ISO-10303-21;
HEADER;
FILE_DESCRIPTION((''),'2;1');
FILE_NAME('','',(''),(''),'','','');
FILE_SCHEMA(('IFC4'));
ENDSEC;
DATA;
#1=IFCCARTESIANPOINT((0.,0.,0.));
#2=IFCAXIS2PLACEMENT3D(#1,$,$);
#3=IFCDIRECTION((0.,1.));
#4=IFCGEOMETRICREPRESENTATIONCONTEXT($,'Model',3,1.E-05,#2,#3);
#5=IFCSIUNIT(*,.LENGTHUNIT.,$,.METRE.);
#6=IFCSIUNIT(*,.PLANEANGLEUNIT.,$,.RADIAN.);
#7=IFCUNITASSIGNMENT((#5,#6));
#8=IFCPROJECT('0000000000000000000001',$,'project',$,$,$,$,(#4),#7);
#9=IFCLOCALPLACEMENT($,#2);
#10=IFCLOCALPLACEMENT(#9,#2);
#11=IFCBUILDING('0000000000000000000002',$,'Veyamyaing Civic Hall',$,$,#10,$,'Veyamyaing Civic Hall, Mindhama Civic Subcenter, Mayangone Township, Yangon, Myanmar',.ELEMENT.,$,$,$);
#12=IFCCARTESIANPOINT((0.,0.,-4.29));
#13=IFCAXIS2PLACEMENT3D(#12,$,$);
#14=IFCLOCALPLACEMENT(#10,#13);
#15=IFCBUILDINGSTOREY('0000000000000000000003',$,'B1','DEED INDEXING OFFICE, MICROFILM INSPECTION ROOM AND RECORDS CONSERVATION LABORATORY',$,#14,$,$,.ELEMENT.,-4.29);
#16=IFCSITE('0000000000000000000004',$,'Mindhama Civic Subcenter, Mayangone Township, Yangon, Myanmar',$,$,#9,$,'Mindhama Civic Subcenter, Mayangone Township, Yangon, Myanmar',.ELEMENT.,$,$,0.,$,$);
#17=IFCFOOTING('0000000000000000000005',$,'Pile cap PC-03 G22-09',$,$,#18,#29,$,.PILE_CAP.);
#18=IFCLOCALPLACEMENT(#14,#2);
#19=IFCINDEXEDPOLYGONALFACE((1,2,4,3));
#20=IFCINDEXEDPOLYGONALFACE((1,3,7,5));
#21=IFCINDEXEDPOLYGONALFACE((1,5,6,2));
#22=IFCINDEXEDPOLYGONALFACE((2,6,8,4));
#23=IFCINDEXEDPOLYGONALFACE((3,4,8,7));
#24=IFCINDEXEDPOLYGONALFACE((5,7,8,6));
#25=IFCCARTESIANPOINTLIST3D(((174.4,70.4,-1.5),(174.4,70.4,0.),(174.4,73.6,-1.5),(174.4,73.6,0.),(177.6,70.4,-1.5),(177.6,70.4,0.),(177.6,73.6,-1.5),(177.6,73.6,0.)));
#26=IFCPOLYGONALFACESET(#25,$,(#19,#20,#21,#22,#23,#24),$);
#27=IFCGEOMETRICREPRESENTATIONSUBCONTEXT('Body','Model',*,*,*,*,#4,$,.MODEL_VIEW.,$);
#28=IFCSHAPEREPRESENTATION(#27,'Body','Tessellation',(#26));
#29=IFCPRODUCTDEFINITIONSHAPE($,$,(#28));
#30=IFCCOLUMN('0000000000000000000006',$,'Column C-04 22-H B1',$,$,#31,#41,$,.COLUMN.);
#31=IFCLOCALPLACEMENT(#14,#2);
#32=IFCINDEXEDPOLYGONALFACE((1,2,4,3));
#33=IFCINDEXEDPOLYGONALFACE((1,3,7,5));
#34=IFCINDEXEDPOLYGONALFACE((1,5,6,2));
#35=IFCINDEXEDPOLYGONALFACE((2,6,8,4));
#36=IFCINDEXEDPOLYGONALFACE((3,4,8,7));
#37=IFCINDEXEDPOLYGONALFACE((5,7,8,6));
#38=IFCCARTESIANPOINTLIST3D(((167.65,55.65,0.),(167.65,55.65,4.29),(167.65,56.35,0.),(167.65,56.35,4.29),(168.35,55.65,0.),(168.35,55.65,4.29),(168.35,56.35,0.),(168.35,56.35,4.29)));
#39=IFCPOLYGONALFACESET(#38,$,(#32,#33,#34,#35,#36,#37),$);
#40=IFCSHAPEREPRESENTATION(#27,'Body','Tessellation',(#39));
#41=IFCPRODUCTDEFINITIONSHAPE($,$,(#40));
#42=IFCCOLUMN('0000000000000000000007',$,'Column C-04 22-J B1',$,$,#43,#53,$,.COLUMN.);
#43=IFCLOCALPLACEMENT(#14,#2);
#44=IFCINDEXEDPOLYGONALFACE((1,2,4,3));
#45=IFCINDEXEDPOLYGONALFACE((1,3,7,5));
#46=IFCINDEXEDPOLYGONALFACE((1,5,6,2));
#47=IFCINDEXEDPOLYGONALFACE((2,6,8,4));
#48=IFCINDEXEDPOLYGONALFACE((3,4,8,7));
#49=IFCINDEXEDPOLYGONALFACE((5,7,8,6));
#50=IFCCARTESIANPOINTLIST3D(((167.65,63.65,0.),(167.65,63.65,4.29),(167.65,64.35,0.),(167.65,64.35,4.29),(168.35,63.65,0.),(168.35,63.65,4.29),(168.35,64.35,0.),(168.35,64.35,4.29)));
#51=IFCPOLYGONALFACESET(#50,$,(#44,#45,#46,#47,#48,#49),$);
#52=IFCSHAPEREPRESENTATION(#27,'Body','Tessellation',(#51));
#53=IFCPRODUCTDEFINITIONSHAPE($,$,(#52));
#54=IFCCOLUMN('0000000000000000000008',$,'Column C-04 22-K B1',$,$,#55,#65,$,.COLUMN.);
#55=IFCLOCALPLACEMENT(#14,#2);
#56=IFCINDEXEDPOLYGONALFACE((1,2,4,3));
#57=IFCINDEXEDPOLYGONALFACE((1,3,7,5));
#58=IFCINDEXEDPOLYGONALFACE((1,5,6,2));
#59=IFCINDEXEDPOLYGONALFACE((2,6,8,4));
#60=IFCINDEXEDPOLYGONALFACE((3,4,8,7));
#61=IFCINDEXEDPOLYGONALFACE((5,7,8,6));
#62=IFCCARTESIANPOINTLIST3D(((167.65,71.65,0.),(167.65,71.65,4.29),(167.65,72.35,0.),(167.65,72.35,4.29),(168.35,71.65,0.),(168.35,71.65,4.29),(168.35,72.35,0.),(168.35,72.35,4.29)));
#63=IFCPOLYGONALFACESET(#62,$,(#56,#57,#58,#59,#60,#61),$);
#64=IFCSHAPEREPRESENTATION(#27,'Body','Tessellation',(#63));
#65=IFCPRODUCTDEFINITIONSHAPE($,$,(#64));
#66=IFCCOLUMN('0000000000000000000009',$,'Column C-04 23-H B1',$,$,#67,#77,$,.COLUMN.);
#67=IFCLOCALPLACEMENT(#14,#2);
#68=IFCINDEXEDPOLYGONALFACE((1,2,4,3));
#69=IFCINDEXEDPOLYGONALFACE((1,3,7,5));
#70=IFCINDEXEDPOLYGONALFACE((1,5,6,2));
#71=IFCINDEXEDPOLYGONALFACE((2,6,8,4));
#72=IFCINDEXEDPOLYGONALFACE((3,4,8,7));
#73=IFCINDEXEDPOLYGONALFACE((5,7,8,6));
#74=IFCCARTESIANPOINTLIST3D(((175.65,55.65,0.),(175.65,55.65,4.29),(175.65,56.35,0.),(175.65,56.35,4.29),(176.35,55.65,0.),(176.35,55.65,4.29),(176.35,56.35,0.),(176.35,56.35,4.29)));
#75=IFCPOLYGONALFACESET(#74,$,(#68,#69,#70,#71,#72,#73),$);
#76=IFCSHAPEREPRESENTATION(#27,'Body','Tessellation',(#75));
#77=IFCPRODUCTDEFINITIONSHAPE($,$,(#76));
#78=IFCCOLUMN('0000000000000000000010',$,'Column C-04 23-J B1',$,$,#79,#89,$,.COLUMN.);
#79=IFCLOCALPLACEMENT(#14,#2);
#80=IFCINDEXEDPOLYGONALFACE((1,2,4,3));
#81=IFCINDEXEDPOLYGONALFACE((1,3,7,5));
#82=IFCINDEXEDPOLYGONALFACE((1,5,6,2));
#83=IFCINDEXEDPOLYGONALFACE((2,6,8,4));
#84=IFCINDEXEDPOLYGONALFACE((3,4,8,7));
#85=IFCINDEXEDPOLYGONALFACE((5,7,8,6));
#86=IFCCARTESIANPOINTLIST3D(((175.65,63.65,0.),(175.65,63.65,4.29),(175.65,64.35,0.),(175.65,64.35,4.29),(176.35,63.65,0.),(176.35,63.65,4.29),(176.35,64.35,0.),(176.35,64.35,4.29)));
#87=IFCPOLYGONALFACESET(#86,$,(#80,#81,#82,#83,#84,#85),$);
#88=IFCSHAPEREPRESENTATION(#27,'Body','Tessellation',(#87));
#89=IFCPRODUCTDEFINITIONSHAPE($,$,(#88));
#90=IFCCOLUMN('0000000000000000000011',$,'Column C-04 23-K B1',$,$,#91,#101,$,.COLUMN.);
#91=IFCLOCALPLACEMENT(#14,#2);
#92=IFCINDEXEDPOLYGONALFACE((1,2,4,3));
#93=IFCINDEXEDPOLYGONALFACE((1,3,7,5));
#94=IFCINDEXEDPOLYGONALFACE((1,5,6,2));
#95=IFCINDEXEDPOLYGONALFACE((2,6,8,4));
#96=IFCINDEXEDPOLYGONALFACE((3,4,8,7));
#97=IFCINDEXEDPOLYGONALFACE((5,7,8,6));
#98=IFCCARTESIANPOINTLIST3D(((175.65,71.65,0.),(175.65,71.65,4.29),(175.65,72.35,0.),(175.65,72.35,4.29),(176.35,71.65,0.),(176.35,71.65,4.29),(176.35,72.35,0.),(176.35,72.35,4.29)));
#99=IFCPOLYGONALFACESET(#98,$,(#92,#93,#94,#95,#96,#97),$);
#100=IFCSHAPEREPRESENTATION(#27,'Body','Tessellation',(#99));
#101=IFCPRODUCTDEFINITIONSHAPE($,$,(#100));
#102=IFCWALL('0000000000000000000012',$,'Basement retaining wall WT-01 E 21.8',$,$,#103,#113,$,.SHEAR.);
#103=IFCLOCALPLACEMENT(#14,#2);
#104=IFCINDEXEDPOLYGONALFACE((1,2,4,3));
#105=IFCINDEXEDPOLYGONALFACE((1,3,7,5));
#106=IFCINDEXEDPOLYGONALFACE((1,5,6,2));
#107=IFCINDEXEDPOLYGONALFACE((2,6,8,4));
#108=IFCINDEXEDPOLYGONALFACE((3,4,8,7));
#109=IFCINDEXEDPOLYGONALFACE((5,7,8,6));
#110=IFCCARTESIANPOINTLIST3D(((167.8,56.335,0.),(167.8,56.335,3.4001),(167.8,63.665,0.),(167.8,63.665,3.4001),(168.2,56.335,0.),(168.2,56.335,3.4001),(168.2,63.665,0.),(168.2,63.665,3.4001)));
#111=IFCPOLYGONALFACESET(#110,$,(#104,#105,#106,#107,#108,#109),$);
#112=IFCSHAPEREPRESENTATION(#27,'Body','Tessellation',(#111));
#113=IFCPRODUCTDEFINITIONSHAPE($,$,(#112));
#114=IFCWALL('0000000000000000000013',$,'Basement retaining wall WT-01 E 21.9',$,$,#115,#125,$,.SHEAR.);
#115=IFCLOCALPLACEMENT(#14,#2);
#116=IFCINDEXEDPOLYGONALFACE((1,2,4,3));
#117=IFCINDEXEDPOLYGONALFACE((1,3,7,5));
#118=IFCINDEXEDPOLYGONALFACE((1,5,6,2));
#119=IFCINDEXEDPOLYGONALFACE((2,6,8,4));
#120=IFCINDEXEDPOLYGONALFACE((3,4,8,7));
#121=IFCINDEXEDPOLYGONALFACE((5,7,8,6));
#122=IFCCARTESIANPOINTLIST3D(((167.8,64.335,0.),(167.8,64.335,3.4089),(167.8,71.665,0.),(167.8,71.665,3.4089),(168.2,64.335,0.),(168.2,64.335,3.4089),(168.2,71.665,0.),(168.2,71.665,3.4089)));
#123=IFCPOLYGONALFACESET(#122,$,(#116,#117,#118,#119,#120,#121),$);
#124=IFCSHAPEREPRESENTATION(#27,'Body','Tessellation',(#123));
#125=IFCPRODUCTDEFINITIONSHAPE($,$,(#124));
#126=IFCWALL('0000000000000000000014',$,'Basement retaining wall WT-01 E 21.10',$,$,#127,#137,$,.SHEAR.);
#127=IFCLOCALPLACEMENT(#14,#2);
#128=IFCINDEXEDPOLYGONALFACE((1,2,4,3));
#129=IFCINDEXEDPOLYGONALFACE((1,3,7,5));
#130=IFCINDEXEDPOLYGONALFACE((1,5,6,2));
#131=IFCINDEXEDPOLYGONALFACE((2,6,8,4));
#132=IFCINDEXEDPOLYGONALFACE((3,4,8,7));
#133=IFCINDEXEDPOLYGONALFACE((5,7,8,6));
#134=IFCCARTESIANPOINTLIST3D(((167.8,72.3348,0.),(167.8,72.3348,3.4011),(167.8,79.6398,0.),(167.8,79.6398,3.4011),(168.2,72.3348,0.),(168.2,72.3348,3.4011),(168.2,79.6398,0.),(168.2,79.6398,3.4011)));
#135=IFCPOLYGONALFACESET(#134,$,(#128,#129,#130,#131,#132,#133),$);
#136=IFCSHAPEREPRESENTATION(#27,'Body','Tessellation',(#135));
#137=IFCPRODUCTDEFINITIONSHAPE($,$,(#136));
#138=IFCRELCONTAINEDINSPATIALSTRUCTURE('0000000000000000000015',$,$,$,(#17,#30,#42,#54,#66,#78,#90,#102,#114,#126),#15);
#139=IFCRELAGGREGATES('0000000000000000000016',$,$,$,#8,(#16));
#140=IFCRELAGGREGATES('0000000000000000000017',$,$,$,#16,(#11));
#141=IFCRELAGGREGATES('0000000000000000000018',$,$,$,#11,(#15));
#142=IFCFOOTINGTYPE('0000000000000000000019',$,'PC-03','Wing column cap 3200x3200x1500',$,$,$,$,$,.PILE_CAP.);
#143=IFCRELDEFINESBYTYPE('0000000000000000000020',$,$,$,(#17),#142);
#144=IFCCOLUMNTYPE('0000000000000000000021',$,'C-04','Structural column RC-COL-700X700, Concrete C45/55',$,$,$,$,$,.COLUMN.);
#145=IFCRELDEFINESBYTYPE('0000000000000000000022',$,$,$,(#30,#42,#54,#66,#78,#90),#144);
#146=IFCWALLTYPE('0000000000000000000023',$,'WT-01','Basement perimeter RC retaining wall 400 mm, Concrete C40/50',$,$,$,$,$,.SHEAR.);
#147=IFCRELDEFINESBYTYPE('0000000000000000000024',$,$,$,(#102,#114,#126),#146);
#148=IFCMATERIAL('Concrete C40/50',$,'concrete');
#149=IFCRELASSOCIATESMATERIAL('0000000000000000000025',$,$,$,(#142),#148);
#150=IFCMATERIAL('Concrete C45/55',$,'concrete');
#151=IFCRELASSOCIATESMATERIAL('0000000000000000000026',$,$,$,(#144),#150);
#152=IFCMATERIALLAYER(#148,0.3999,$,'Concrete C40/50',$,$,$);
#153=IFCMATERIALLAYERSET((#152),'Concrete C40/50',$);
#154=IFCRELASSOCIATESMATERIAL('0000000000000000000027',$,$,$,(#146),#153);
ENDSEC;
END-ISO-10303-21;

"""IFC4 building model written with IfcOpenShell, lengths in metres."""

from ifc_helpers import new_model, si_unit, direction, frame, frame_2d, origin, origin_2d, place, context, subcontext, project, spatial, rectangle, extrude, material, layer, layer_set, material_profile, profile_set, type_object, element, save


model = new_model("IFC4")

# Units and contexts
model_context = context("Model", 3, precision=1e-05, world=origin(), true_north=direction((0.0, 1.0)))
body_context = subcontext(model_context, "Body", "Model", "MODEL_VIEW")
ifc_project = project(units=[si_unit("LENGTHUNIT", "METRE"), si_unit("PLANEANGLEUNIT", "RADIAN")], contexts=[model_context])

# Site, building, storey
site_placement = place(None, origin())
site = spatial("IfcSite", under=ifc_project, at=site_placement, Name="Mindhama Civic Subcenter, Mayangone Township, Yangon, Myanmar", LongName="Mindhama Civic Subcenter, Mayangone Township, Yangon, Myanmar", CompositionType="ELEMENT", RefElevation=0.0)
building_placement = place(site_placement, origin())
building = spatial("IfcBuilding", under=site, at=building_placement, Name="Veyamyaing Civic Hall", LongName="Veyamyaing Civic Hall, Mindhama Civic Subcenter, Mayangone Township, Yangon, Myanmar", CompositionType="ELEMENT")
storey_placement = place(building_placement, frame((0.0, 0.0, -4.29)))
storey = spatial("IfcBuildingStorey", under=building, at=storey_placement, Name="B1", Description="DEED INDEXING OFFICE, MICROFILM INSPECTION ROOM AND RECORDS CONSERVATION LABORATORY", CompositionType="ELEMENT", Elevation=-4.29)

# Shared definitions
ifc_material_1 = material(Name="Concrete C40/50", Category="concrete")

# Footing
footing_type_1 = type_object("IfcFootingType", Name="PC-03", Description="Wing column cap 3200x3200x1500", PredefinedType="PILE_CAP", material=ifc_material_1)
for number, where, z_axis, x_axis, name in (
    (1, (176.0, 72.0, -1.5), (0.0, 0.0, 1.0), (1.0, 0.0, 0.0), "Pile cap PC-03 G22-09"),
):
    element("IfcFooting", number, at=place(storey_placement, frame(where, z_axis=z_axis, x_axis=x_axis)), inside=storey, type_object=footing_type_1, Name=name, PredefinedType="PILE_CAP", context=body_context, shape_type="SweptSolid", body=[
        extrude(rectangle(XDim=3.2, YDim=3.2, at=origin_2d()), origin(), (0.0, 0.0, 1.0), 1.5),
    ])

# Columns
ifc_material_2 = material(Name="Concrete C45/55", Category="concrete")
ifc_material_profile_1 = material_profile(ifc_material_2, rectangle(XDim=0.7, YDim=0.7, at=origin_2d()), Name="RC-COL-700X700")
ifc_profile_set_1 = profile_set([ifc_material_profile_1], Name="Concrete C45/55")
column_type = type_object("IfcColumnType", Name="C-04", Description="Structural column RC-COL-700X700, Concrete C45/55", PredefinedType="COLUMN", material=ifc_profile_set_1)
for number, where, z_axis, x_axis, name in (
    (2, (168.0, 56.0, 0.0), (0.0, 0.0, 1.0), (1.0, 0.0, 0.0), "Column C-04 22-H B1"),
    (3, (168.0, 64.0, 0.0), (0.0, 0.0, 1.0), (1.0, 0.0, 0.0), "Column C-04 22-J B1"),
    (4, (168.0, 72.0, 0.0), (0.0, 0.0, 1.0), (1.0, 0.0, 0.0), "Column C-04 22-K B1"),
    (5, (176.0, 56.0, 0.0), (0.0, 0.0, 1.0), (1.0, 0.0, 0.0), "Column C-04 23-H B1"),
    (6, (176.0, 64.0, 0.0), (0.0, 0.0, 1.0), (1.0, 0.0, 0.0), "Column C-04 23-J B1"),
    (7, (176.0, 72.0, 0.0), (0.0, 0.0, 1.0), (1.0, 0.0, 0.0), "Column C-04 23-K B1"),
):
    element("IfcColumn", number, at=place(storey_placement, frame(where, z_axis=z_axis, x_axis=x_axis)), inside=storey, type_object=column_type, Name=name, PredefinedType="COLUMN", context=body_context, shape_type="SweptSolid", body=[
        extrude(rectangle(XDim=0.7, YDim=0.7, at=origin_2d()), origin(), (0.0, 0.0, 1.0), 4.29),
    ])

# Walls
ifc_layer = layer(ifc_material_1, 0.3999, Name="Concrete C40/50")
ifc_layer_set = layer_set([ifc_layer], Name="Concrete C40/50")
wall_type = type_object("IfcWallType", Name="WT-01", Description="Basement perimeter RC retaining wall 400 mm, Concrete C40/50", PredefinedType="SHEAR", material=ifc_layer_set)
wall_1_placement = place(storey_placement, frame((168.0, 56.335, 0.0), z_axis=(0.0, 0.0, 1.0), x_axis=(0.0, 1.0, 0.0)))
element("IfcWall", 8, at=wall_1_placement, inside=storey, type_object=wall_type, Name="Basement retaining wall WT-01 E 21.8", PredefinedType="SHEAR", context=body_context, shape_type="SweptSolid", body=[
    extrude(rectangle(XDim=7.3301, YDim=0.3999, at=frame_2d((3.665, 0.0))), origin(), (0.0, 0.0, 1.0), 3.4001),
])
wall_2_placement = place(storey_placement, frame((168.0, 64.335, 0.0), z_axis=(0.0, 0.0, 1.0), x_axis=(0.0, 1.0, 0.0)))
element("IfcWall", 9, at=wall_2_placement, inside=storey, type_object=wall_type, Name="Basement retaining wall WT-01 E 21.9", PredefinedType="SHEAR", context=body_context, shape_type="SweptSolid", body=[
    extrude(rectangle(XDim=7.3301, YDim=0.3999, at=frame_2d((3.665, 0.0))), origin(), (0.0, 0.0, 1.0), 3.4089),
])
wall_3_placement = place(storey_placement, frame((168.0, 72.335, 0.0), z_axis=(0.0, 0.0, 1.0), x_axis=(0.0, 1.0, 0.0)))
element("IfcWall", 10, at=wall_3_placement, inside=storey, type_object=wall_type, Name="Basement retaining wall WT-01 E 21.10", PredefinedType="SHEAR", context=body_context, shape_type="SweptSolid", body=[
    extrude(rectangle(XDim=7.3049, YDim=0.3999, at=frame_2d((3.6523, 0.0))), origin(), (0.0, 0.0, 1.0), 3.4011),
])

save(model, "model.ifc")
